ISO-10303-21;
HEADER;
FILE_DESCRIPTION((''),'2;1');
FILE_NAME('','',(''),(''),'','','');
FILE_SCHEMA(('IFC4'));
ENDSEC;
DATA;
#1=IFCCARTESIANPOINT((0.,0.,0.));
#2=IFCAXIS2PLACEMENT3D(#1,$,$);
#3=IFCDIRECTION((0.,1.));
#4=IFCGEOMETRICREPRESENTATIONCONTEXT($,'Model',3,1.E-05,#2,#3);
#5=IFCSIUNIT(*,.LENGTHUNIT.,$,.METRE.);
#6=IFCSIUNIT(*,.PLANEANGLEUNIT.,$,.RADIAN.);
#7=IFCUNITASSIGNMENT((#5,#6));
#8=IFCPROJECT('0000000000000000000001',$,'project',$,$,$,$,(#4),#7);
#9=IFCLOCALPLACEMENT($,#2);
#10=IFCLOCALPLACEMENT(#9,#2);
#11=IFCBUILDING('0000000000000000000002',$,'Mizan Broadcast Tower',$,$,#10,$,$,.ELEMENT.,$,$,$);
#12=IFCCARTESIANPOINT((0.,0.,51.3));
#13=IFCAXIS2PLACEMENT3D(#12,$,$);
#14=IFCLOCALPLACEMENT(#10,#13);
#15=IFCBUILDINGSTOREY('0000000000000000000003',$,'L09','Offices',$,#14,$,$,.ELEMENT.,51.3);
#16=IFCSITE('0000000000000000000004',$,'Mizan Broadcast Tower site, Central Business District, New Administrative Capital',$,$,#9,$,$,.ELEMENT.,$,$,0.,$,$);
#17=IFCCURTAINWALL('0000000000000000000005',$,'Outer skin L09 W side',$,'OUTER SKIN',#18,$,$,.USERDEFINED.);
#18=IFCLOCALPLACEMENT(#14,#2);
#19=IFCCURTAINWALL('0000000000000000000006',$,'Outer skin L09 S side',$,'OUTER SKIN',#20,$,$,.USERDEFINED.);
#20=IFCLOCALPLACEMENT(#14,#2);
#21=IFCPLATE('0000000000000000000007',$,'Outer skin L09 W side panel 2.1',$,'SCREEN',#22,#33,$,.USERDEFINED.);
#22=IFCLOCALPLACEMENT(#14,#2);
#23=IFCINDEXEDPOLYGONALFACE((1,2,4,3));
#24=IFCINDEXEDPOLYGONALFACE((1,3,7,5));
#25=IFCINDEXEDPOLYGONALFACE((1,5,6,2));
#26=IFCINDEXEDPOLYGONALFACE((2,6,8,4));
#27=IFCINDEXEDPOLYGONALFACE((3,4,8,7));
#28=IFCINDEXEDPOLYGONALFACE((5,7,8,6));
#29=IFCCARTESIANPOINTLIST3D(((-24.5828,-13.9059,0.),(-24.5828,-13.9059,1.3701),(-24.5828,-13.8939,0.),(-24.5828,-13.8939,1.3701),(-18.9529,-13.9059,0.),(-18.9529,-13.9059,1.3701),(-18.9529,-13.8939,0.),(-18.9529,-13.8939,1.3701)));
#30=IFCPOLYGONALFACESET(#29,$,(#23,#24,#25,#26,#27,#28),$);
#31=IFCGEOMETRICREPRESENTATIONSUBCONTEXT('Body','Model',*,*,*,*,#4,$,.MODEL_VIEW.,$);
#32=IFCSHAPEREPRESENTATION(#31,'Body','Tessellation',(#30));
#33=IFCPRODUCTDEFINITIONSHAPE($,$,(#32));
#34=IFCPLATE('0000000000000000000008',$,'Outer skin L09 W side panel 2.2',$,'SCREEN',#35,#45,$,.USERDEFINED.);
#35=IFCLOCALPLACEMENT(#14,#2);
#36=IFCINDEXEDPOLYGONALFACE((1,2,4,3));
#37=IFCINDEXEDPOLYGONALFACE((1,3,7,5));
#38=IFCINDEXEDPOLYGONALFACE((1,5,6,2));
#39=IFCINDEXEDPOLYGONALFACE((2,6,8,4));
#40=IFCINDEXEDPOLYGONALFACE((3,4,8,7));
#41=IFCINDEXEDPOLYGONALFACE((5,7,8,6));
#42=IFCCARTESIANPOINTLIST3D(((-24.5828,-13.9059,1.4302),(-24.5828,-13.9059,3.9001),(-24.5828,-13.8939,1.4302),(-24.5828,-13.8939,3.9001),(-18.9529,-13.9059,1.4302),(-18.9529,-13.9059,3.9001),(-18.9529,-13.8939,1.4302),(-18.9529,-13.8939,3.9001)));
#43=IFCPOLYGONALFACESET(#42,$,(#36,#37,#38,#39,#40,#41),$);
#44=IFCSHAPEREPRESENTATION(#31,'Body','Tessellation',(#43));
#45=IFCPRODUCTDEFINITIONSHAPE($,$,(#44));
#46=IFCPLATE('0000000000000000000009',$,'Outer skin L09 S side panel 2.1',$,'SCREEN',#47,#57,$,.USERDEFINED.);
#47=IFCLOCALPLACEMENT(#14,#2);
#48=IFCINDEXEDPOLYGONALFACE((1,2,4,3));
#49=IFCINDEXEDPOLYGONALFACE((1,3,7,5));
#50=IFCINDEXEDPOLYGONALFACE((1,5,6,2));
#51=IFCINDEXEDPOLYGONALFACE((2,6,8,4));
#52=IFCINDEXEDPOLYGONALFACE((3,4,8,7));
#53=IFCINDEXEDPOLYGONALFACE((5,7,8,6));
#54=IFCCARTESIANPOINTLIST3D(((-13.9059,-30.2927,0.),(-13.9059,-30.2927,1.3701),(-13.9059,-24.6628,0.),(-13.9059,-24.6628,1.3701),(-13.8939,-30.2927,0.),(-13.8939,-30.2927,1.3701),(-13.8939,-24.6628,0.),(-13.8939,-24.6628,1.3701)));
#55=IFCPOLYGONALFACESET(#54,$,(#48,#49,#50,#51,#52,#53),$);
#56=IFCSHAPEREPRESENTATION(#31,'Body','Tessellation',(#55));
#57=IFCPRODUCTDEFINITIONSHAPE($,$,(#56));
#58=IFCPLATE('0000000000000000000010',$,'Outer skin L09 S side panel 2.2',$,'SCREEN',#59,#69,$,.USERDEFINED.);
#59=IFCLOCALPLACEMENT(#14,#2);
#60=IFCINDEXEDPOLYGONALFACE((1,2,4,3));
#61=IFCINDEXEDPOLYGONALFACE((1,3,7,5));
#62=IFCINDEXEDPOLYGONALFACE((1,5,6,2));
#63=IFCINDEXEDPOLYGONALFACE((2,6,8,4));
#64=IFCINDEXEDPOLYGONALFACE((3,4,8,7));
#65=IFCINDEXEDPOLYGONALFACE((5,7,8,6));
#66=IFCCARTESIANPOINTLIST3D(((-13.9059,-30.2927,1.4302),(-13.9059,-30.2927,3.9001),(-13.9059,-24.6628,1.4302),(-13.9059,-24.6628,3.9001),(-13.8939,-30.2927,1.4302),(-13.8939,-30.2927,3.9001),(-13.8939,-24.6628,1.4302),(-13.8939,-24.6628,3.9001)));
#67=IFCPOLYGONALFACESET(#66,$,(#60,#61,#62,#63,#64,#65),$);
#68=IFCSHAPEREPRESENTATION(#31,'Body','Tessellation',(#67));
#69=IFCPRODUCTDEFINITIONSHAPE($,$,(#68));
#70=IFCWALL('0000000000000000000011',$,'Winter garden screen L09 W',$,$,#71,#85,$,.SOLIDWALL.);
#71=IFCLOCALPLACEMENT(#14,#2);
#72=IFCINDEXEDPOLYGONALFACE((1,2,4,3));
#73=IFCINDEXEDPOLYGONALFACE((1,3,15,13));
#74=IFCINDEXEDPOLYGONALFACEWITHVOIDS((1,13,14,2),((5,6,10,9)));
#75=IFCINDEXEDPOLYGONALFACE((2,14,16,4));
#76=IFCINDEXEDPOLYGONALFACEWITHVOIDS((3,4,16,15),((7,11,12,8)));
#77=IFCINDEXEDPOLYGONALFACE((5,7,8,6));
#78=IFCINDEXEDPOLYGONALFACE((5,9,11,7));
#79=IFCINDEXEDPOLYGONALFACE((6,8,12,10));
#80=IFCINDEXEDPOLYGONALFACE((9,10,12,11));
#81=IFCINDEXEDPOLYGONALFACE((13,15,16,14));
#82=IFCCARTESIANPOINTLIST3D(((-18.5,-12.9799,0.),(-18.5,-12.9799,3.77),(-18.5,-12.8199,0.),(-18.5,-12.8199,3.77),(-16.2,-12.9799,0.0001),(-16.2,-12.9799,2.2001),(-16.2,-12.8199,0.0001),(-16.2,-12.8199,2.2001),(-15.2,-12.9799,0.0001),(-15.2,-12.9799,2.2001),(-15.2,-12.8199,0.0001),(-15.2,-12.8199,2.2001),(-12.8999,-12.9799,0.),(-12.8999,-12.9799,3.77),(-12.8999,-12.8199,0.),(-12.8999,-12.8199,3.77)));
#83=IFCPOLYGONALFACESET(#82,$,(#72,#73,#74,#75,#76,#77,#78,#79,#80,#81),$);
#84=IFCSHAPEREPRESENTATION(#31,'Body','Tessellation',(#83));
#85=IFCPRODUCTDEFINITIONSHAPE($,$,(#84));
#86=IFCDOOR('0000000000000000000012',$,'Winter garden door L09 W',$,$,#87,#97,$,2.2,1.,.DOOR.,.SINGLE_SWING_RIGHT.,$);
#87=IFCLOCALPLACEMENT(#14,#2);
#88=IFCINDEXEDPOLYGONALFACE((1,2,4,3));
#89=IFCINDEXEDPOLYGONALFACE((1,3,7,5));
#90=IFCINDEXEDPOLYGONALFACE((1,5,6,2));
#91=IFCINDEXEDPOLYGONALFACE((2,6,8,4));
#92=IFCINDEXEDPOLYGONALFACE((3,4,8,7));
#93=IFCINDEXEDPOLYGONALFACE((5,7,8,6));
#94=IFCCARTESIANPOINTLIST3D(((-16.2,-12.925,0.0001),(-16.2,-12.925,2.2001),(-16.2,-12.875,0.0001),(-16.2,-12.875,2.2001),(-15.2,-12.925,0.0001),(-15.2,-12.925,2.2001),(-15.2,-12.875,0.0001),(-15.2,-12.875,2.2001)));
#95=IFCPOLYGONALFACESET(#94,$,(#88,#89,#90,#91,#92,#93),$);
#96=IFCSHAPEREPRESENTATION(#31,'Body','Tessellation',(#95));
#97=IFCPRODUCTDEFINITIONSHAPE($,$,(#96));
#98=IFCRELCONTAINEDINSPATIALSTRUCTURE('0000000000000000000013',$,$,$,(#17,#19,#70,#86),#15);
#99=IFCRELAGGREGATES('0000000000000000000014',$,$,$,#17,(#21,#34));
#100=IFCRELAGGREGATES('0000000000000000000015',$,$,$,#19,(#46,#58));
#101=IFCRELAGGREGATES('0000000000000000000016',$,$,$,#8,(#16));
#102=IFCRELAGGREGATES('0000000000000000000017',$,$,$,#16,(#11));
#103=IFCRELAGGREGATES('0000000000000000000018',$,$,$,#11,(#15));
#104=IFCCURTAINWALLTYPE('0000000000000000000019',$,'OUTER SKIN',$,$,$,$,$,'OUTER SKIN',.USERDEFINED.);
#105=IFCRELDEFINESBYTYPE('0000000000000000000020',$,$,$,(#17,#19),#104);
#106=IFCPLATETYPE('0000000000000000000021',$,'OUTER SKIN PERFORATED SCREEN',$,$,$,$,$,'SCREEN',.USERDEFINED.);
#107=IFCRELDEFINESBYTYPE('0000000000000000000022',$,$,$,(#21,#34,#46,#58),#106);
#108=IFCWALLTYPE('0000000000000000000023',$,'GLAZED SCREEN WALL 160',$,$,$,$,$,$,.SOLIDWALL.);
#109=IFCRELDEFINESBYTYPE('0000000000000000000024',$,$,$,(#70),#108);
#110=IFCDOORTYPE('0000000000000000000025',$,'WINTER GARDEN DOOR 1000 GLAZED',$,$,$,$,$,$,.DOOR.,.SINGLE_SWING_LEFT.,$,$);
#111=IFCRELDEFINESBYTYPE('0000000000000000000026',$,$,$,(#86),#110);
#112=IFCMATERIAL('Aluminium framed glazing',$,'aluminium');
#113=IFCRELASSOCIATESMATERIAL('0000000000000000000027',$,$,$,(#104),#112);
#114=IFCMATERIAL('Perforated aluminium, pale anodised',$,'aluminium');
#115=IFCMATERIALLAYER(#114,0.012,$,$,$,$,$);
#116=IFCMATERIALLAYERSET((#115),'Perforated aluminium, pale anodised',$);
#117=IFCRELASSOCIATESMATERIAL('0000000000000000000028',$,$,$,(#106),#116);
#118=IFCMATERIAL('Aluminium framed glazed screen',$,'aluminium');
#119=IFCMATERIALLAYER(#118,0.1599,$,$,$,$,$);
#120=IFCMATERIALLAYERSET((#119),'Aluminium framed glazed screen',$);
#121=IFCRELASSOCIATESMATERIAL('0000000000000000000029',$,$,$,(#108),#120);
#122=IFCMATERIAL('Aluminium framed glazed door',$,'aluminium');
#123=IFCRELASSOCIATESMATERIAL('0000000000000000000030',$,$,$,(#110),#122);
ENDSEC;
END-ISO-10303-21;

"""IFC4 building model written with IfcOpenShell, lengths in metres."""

from ifc_helpers import new_model, si_unit, direction, frame, frame_2d, origin, origin_2d, place, context, subcontext, project, spatial, rectangle, extrude, material, layer, layer_set, type_object, element, fill, aggregate, save


model = new_model("IFC4")

# Units and contexts
model_context = context("Model", 3, precision=1e-05, world=origin(), true_north=direction((0.0, 1.0)))
body_context = subcontext(model_context, "Body", "Model", "MODEL_VIEW")
ifc_project = project(units=[si_unit("LENGTHUNIT", "METRE"), si_unit("PLANEANGLEUNIT", "RADIAN")], contexts=[model_context])

# Site, building, storey
site_placement = place(None, origin())
site = spatial("IfcSite", under=ifc_project, at=site_placement, Name="Mizan Broadcast Tower site, Central Business District, New Administrative Capital", CompositionType="ELEMENT", RefElevation=0.0)
building_placement = place(site_placement, origin())
building = spatial("IfcBuilding", under=site, at=building_placement, Name="Mizan Broadcast Tower", CompositionType="ELEMENT")
storey_placement = place(building_placement, frame((0.0, 0.0, 51.3)))
storey = spatial("IfcBuildingStorey", under=building, at=storey_placement, Name="L09", Description="Offices", CompositionType="ELEMENT", Elevation=51.3)

# Shared definitions
ifc_material_1 = material(Name="Aluminium framed glazing", Category="aluminium")
curtain_wall_type_1 = type_object("IfcCurtainWallType", Name="OUTER SKIN", ElementType="OUTER SKIN", PredefinedType="USERDEFINED", material=ifc_material_1)

# Curtain wall
curtain_wall_1_placement = place(storey_placement, origin())
curtain_wall_1 = element("IfcCurtainWall", 1, at=curtain_wall_1_placement, inside=storey, type_object=curtain_wall_type_1, Name="Outer skin L09 W side", ObjectType="OUTER SKIN", PredefinedType="USERDEFINED")

# Curtain wall
curtain_wall_2_placement = place(storey_placement, origin())
curtain_wall_2 = element("IfcCurtainWall", 2, at=curtain_wall_2_placement, inside=storey, type_object=curtain_wall_type_1, Name="Outer skin L09 S side", ObjectType="OUTER SKIN", PredefinedType="USERDEFINED")

# Plates
ifc_material_2 = material(Name="Perforated aluminium, pale anodised", Category="aluminium")
ifc_layer_1 = layer(ifc_material_2, 0.012)
ifc_layer_set_1 = layer_set([ifc_layer_1], Name="Perforated aluminium, pale anodised")
plate_type_1 = type_object("IfcPlateType", Name="OUTER SKIN PERFORATED SCREEN", ElementType="SCREEN", PredefinedType="USERDEFINED", material=ifc_layer_set_1)
plate_1_placement = place(storey_placement, frame((-21.7678, -13.8999, 0.0), z_axis=(0.0, 0.0, 1.0), x_axis=(1.0, 0.0, 0.0)))
plate_1 = element("IfcPlate", 3, at=plate_1_placement, type_object=plate_type_1, Name="Outer skin L09 W side panel 2.1", ObjectType="SCREEN", PredefinedType="USERDEFINED", context=body_context, shape_type="SweptSolid", body=[
    extrude(rectangle(XDim=5.6299, YDim=0.012, at=origin_2d()), origin(), (0.0, 0.0, 1.0), 1.3701),
])
plate_2_placement = place(storey_placement, frame((-21.7678, -13.8999, 1.4302), z_axis=(0.0, 0.0, 1.0), x_axis=(1.0, 0.0, 0.0)))
plate_2 = element("IfcPlate", 4, at=plate_2_placement, type_object=plate_type_1, Name="Outer skin L09 W side panel 2.2", ObjectType="SCREEN", PredefinedType="USERDEFINED", context=body_context, shape_type="SweptSolid", body=[
    extrude(rectangle(XDim=5.6299, YDim=0.012, at=origin_2d()), origin(), (0.0, 0.0, 1.0), 2.47),
])
aggregate(curtain_wall_1, [plate_1, plate_2])
plate_3_placement = place(storey_placement, frame((-13.8999, -27.4778, 0.0), z_axis=(0.0, 0.0, 1.0), x_axis=(0.0, -1.0, 0.0)))
plate_3 = element("IfcPlate", 5, at=plate_3_placement, type_object=plate_type_1, Name="Outer skin L09 S side panel 2.1", ObjectType="SCREEN", PredefinedType="USERDEFINED", context=body_context, shape_type="SweptSolid", body=[
    extrude(rectangle(XDim=5.6299, YDim=0.012, at=origin_2d()), origin(), (0.0, 0.0, 1.0), 1.3701),
])
plate_4_placement = place(storey_placement, frame((-13.8999, -27.4778, 1.4302), z_axis=(0.0, 0.0, 1.0), x_axis=(0.0, -1.0, 0.0)))
plate_4 = element("IfcPlate", 6, at=plate_4_placement, type_object=plate_type_1, Name="Outer skin L09 S side panel 2.2", ObjectType="SCREEN", PredefinedType="USERDEFINED", context=body_context, shape_type="SweptSolid", body=[
    extrude(rectangle(XDim=5.6299, YDim=0.012, at=origin_2d()), origin(), (0.0, 0.0, 1.0), 2.47),
])
aggregate(curtain_wall_2, [plate_3, plate_4])

# Wall, opening, door
ifc_material_3 = material(Name="Aluminium framed glazed screen", Category="aluminium")
ifc_layer_2 = layer(ifc_material_3, 0.1599)
ifc_layer_set_2 = layer_set([ifc_layer_2], Name="Aluminium framed glazed screen")
wall_type = type_object("IfcWallType", Name="GLAZED SCREEN WALL 160", PredefinedType="SOLIDWALL", material=ifc_layer_set_2)
wall_placement = place(storey_placement, frame((-18.5, -12.8999, 0.0), z_axis=(0.0, 0.0, 1.0), x_axis=(1.0, 0.0, 0.0)))
wall = element("IfcWall", 7, at=wall_placement, inside=storey, type_object=wall_type, Name="Winter garden screen L09 W", PredefinedType="SOLIDWALL", context=body_context, shape_type="SweptSolid", body=[
    extrude(rectangle(XDim=5.6001, YDim=0.1599, at=frame_2d((2.8, 0.0))), origin(), (0.0, 0.0, 1.0), 3.77),
])
opening_placement = place(wall_placement, frame((2.3, 0.0, 0.0)))
opening = element("IfcOpeningElement", 8, at=opening_placement, cuts=wall, PredefinedType="OPENING", context=body_context, shape_type="SweptSolid", body=[
    extrude(rectangle(XDim=1.0, YDim=2.2, at=frame_2d((0.5, 1.1001))), frame((0.0, 0.0898, 0.0), z_axis=(0.0, -1.0, 0.0), x_axis=(1.0, 0.0, 0.0)), (0.0, 0.0, 1.0), 0.1799),
])
ifc_material_4 = material(Name="Aluminium framed glazed door", Category="aluminium")
door_type = type_object("IfcDoorType", Name="WINTER GARDEN DOOR 1000 GLAZED", OperationType="SINGLE_SWING_LEFT", PredefinedType="DOOR", material=ifc_material_4)
door_placement = place(opening_placement, origin())
door = element("IfcDoor", 9, at=door_placement, inside=storey, type_object=door_type, Name="Winter garden door L09 W", OperationType="SINGLE_SWING_RIGHT", OverallHeight=2.2, OverallWidth=1.0, PredefinedType="DOOR", context=body_context, shape_type="SweptSolid", body=[
    extrude(rectangle(XDim=1.0, YDim=2.2, at=frame_2d((0.5, 1.1001))), frame((0.0, 0.0249, 0.0), z_axis=(0.0, -1.0, 0.0), x_axis=(1.0, 0.0, 0.0)), (0.0, 0.0, 1.0), 0.05),
])
fill(opening, door)

save(model, "model.ifc")
